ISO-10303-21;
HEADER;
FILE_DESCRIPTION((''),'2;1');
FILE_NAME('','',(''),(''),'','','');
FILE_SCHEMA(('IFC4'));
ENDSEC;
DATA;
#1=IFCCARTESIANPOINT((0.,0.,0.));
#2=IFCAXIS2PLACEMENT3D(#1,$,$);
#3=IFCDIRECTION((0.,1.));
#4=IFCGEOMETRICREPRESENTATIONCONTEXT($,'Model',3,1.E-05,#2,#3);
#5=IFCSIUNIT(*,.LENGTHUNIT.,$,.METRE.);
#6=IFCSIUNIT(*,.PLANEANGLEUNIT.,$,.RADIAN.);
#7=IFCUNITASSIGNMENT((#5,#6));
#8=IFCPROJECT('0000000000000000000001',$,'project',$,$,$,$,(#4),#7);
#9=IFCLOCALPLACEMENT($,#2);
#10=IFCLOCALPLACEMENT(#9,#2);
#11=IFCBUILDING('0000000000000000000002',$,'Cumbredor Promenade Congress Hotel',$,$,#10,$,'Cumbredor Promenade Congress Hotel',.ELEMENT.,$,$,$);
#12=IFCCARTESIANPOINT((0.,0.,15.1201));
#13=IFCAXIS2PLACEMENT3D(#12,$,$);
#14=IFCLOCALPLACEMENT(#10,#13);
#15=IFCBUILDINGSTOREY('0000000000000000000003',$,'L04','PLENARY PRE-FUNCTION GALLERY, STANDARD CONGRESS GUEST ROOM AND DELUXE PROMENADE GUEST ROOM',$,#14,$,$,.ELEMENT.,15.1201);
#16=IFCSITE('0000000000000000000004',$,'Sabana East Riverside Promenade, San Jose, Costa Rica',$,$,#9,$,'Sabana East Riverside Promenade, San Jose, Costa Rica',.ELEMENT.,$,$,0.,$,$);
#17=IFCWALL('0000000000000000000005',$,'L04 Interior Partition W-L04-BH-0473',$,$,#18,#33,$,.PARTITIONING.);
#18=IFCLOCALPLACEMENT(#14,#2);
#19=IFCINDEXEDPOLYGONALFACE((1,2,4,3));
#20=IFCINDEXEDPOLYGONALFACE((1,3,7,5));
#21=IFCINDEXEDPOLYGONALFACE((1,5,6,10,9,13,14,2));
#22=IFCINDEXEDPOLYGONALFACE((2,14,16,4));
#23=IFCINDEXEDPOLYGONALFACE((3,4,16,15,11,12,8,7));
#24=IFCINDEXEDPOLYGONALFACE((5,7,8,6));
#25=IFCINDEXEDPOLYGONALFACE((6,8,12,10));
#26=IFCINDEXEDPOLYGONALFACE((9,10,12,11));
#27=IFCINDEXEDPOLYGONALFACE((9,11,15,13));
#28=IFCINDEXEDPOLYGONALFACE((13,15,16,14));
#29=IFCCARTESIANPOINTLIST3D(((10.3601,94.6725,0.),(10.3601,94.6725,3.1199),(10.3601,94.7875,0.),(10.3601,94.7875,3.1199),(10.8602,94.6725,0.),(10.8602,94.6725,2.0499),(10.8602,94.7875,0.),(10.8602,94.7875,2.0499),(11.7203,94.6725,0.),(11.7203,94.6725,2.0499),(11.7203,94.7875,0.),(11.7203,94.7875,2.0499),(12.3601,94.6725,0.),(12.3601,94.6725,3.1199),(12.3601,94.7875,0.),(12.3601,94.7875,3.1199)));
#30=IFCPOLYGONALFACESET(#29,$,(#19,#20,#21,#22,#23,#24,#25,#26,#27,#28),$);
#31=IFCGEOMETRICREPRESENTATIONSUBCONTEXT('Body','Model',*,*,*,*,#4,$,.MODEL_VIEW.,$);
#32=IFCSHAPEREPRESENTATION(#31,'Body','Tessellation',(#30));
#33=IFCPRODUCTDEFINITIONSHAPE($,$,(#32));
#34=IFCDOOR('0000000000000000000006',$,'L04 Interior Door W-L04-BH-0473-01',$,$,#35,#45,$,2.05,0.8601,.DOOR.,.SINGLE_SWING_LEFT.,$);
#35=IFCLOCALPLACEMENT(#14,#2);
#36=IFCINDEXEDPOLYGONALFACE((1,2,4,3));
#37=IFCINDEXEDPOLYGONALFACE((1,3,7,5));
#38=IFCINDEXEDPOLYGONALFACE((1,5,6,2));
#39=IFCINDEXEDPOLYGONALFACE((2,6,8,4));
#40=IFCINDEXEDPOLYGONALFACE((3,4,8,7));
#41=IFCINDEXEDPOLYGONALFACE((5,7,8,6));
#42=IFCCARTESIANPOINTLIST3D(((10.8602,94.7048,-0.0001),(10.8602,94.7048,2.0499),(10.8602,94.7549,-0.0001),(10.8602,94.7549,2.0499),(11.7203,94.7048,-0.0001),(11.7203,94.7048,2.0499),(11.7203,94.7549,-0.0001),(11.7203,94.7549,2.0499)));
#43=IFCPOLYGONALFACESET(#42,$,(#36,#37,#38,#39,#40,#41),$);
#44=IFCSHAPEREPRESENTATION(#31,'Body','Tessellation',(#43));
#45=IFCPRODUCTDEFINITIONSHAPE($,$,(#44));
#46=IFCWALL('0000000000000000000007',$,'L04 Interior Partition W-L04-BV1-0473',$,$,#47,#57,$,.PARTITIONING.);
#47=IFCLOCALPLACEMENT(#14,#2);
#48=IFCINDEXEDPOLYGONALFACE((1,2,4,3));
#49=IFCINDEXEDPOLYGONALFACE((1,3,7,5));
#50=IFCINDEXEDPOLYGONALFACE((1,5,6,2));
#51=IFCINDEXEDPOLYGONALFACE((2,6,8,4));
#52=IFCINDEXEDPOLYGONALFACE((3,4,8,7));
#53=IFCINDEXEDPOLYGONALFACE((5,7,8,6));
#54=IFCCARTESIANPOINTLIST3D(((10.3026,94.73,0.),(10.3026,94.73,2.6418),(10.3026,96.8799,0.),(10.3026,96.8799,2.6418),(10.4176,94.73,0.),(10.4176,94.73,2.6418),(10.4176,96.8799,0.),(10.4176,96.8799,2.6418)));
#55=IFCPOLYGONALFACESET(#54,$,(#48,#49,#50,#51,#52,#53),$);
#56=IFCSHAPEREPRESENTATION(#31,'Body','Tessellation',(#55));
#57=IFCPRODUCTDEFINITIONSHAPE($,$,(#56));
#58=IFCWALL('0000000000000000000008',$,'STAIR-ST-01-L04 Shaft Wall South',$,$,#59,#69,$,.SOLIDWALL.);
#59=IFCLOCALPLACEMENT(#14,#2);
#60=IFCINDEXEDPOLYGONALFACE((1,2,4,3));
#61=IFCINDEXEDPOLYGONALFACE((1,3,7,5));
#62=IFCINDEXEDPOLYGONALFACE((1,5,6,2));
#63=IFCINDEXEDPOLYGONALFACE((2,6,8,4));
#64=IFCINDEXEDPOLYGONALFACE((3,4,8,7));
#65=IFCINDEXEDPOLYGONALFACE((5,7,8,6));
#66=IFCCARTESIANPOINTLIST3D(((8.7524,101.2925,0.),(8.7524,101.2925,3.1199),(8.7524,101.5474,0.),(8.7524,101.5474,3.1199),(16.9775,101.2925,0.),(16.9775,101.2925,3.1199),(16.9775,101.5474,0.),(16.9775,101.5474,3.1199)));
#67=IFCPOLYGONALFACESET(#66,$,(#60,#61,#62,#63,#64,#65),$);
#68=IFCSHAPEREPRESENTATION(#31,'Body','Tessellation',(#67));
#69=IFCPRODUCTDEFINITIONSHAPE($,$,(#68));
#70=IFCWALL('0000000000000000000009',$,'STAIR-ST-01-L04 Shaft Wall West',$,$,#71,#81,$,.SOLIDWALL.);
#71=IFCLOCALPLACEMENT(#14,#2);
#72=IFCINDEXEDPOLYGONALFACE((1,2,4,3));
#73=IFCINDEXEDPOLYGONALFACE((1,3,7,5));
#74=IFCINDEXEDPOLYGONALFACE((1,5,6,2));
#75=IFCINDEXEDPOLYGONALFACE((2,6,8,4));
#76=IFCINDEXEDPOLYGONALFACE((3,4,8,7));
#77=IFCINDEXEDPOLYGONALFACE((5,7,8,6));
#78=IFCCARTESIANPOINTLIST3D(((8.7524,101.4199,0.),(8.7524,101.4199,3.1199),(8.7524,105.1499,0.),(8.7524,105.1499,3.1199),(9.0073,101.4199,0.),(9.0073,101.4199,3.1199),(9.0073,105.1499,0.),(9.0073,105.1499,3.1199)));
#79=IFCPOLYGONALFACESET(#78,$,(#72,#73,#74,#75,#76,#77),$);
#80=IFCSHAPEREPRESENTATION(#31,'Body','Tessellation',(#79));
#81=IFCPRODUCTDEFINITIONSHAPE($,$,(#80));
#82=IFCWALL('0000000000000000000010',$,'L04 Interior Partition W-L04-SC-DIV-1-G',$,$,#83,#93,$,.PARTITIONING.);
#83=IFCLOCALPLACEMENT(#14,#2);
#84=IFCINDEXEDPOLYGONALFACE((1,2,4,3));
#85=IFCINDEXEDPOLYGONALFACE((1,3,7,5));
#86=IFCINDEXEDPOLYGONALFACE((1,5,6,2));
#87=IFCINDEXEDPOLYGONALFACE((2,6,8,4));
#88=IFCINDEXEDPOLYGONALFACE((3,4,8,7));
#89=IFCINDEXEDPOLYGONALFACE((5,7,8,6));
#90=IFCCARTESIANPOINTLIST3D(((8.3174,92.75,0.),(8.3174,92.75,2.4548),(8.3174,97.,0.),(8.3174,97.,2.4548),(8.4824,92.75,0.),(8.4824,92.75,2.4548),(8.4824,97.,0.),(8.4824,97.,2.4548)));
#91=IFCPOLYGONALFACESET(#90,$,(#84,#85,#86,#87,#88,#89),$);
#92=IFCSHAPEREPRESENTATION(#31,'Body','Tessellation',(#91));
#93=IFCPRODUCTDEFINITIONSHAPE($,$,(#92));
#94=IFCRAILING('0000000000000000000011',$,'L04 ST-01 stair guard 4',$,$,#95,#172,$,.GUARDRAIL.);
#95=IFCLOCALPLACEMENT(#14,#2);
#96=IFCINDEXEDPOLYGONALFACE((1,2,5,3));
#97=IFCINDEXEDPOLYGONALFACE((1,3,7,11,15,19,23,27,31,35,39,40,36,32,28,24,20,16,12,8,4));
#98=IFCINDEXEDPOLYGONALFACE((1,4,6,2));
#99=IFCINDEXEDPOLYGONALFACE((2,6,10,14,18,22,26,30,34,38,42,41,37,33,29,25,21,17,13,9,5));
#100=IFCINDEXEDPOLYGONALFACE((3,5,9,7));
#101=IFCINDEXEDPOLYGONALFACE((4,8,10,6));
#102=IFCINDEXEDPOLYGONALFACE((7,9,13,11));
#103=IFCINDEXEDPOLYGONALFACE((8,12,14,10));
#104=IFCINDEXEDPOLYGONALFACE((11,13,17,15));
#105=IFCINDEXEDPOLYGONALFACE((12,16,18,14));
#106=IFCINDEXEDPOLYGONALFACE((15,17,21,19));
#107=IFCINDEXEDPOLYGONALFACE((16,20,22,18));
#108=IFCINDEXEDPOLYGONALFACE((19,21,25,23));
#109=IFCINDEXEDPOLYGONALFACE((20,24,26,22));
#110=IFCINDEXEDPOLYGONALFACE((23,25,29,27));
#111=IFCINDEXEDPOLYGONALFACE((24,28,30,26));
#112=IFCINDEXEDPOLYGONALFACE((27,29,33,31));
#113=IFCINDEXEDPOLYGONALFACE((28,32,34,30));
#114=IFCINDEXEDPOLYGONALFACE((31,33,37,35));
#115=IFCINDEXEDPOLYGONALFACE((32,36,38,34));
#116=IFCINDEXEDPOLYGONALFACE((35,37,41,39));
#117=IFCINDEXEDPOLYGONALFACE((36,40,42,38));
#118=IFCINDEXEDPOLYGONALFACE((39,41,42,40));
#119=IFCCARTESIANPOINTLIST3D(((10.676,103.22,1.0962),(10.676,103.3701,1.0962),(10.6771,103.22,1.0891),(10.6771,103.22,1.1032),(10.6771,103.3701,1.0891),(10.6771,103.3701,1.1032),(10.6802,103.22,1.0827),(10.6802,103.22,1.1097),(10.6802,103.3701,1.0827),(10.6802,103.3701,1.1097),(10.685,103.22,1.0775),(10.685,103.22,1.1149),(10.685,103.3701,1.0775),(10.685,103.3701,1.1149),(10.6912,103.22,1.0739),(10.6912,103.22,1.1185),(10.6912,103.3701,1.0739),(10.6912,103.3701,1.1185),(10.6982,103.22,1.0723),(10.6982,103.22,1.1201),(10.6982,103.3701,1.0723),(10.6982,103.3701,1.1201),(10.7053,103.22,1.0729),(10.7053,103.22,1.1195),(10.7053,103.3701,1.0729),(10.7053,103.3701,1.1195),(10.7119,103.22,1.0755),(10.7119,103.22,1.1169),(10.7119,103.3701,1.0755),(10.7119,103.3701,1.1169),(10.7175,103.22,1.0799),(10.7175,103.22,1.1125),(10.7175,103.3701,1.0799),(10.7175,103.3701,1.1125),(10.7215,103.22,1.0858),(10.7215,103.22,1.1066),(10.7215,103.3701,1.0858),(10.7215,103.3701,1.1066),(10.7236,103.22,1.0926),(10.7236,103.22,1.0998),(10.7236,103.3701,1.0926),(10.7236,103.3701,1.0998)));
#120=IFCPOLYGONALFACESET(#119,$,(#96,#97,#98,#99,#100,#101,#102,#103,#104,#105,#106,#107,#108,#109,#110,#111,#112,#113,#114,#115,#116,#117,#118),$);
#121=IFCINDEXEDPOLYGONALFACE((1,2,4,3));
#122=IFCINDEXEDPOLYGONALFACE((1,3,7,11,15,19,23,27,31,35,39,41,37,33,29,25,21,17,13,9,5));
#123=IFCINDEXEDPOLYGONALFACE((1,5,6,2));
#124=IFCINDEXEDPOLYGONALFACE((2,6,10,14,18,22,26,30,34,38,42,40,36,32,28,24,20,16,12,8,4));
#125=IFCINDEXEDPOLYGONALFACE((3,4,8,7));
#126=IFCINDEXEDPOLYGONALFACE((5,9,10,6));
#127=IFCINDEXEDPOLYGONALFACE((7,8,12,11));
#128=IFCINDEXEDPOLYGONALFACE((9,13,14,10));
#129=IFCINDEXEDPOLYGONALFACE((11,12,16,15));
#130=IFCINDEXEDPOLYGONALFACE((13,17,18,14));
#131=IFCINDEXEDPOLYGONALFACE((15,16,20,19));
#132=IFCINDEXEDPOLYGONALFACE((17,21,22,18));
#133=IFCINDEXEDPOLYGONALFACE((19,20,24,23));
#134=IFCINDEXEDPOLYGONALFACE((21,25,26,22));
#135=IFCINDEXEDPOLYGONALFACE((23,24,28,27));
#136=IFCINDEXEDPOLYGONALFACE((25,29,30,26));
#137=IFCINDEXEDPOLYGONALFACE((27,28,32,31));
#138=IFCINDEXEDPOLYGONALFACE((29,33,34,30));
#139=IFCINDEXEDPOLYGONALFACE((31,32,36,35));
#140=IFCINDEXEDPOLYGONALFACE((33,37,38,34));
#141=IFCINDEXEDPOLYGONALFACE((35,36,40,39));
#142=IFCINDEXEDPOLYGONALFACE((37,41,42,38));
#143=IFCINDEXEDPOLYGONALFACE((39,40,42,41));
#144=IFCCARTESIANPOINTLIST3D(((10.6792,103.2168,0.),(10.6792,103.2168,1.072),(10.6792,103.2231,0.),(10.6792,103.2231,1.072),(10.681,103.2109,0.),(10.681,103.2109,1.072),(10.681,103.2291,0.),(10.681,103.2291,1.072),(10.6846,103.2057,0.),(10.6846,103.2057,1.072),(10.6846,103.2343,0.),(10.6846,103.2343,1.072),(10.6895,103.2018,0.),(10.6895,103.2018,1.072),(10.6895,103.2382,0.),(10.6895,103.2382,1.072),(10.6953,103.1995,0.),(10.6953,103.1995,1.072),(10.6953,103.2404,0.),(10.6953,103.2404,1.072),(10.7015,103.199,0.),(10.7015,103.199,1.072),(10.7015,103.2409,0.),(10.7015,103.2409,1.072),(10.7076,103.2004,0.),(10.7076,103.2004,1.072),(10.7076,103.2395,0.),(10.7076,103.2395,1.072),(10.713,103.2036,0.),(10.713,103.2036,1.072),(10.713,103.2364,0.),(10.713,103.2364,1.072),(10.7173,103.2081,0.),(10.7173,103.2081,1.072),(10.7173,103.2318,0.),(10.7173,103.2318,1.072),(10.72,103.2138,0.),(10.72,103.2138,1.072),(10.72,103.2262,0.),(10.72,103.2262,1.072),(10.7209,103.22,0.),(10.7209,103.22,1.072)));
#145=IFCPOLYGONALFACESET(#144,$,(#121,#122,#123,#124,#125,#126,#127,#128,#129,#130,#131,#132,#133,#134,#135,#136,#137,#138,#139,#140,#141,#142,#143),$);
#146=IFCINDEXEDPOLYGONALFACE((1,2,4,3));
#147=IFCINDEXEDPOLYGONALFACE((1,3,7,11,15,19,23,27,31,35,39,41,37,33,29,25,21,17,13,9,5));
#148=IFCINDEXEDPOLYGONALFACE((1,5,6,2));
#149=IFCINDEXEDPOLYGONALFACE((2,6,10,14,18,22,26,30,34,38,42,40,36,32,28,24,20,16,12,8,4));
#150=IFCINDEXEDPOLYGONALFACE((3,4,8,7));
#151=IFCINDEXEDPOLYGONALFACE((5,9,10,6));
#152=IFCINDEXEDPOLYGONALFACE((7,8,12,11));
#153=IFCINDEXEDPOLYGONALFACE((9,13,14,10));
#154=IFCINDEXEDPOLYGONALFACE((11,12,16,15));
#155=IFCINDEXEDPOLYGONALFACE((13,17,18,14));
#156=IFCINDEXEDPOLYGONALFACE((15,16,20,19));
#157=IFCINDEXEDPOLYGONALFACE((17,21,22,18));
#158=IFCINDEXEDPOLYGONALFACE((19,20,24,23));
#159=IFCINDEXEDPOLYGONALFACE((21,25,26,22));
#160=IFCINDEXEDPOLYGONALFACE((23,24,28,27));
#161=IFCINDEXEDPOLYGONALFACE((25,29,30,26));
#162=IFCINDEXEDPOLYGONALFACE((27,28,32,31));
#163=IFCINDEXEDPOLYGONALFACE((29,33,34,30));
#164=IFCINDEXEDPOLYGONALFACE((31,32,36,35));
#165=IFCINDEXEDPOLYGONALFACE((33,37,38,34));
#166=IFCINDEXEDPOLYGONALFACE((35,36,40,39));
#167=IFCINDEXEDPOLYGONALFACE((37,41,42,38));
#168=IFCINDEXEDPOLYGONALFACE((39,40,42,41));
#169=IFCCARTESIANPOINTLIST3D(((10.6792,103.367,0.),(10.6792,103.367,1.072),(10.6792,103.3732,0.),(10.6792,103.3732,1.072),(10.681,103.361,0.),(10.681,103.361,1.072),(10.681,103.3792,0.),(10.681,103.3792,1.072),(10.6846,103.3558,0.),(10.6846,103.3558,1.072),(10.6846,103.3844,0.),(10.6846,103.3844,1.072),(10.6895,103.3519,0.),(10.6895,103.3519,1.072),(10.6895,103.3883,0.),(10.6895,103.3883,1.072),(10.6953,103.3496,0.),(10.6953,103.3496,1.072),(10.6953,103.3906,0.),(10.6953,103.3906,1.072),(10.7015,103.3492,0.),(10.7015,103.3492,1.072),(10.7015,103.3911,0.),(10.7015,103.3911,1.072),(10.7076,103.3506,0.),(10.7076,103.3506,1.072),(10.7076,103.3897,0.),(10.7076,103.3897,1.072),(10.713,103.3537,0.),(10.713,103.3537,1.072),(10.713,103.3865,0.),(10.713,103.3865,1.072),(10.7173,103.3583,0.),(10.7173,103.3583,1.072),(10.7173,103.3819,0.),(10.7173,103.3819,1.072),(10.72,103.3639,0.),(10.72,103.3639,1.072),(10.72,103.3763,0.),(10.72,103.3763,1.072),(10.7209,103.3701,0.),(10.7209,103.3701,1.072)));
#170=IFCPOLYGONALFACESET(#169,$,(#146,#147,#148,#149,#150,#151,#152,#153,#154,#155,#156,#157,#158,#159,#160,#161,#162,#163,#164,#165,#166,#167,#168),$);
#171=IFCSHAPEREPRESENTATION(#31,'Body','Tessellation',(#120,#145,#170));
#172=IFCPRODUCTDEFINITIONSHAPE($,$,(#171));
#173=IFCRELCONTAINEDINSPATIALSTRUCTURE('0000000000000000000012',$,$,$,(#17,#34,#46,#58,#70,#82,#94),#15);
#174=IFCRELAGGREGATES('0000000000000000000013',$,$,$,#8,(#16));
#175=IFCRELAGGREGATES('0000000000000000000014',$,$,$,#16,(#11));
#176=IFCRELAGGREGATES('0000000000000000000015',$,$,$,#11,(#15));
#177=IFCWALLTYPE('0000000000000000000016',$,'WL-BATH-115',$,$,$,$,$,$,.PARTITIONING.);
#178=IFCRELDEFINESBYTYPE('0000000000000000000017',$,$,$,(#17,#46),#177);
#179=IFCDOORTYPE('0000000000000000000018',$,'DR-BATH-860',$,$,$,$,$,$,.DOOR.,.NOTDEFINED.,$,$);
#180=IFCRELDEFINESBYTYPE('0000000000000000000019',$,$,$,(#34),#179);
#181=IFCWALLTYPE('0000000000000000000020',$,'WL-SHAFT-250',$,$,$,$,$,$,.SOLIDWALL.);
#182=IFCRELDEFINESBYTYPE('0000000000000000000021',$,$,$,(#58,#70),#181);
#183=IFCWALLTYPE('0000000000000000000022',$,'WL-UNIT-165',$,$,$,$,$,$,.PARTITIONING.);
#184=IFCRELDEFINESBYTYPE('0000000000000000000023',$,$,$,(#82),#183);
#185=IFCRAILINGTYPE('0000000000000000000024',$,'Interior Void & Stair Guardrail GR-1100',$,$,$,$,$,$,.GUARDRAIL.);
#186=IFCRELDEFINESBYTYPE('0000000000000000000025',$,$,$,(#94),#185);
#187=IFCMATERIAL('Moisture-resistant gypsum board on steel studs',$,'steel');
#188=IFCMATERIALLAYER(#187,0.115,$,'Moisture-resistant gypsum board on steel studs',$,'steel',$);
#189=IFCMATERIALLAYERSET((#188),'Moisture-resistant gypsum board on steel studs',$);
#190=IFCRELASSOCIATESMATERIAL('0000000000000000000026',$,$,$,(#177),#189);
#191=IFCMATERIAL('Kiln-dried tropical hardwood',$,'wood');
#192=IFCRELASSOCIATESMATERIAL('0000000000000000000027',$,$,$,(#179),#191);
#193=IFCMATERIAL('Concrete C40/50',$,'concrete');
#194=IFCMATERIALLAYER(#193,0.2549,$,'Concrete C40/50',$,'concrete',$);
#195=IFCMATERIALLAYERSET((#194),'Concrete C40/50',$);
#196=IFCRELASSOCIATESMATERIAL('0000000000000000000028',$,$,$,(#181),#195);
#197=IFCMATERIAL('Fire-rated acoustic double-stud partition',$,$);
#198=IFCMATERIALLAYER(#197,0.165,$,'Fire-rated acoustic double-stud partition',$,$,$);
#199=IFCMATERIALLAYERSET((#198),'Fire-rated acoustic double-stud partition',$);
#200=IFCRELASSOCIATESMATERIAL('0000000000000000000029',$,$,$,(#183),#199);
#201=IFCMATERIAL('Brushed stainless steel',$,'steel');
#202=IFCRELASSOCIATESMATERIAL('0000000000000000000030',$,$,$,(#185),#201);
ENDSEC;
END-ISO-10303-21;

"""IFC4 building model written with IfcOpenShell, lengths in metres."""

from ifc_helpers import new_model, si_unit, direction, frame, frame_2d, origin, origin_2d, place, context, subcontext, project, spatial, rectangle, circle, extrude, material, layer, layer_set, type_object, element, fill, save


model = new_model("IFC4")

# Units and contexts
model_context = context("Model", 3, precision=1e-05, world=origin(), true_north=direction((0.0, 1.0)))
body_context = subcontext(model_context, "Body", "Model", "MODEL_VIEW")
ifc_project = project(units=[si_unit("LENGTHUNIT", "METRE"), si_unit("PLANEANGLEUNIT", "RADIAN")], contexts=[model_context])

# Site, building, storey
site_placement = place(None, origin())
site = spatial("IfcSite", under=ifc_project, at=site_placement, Name="Sabana East Riverside Promenade, San Jose, Costa Rica", LongName="Sabana East Riverside Promenade, San Jose, Costa Rica", CompositionType="ELEMENT", RefElevation=0.0)
building_placement = place(site_placement, origin())
building = spatial("IfcBuilding", under=site, at=building_placement, Name="Cumbredor Promenade Congress Hotel", LongName="Cumbredor Promenade Congress Hotel", CompositionType="ELEMENT")
storey_placement = place(building_placement, frame((0.0, 0.0, 15.1201)))
storey = spatial("IfcBuildingStorey", under=building, at=storey_placement, Name="L04", Description="PLENARY PRE-FUNCTION GALLERY, STANDARD CONGRESS GUEST ROOM AND DELUXE PROMENADE GUEST ROOM", CompositionType="ELEMENT", Elevation=15.1201)

# Shared definitions
ifc_material_1 = material(Name="Concrete C40/50", Category="concrete")

# Shared definitions
ifc_material_2 = material(Name="Moisture-resistant gypsum board on steel studs", Category="steel")
ifc_layer_1 = layer(ifc_material_2, 0.115, Name="Moisture-resistant gypsum board on steel studs", Category="steel")
ifc_layer_set_1 = layer_set([ifc_layer_1], Name="Moisture-resistant gypsum board on steel studs")
wall_type_1 = type_object("IfcWallType", Name="WL-BATH-115", PredefinedType="PARTITIONING", material=ifc_layer_set_1)
ifc_material_3 = material(Name="Kiln-dried tropical hardwood", Category="wood")
door_type = type_object("IfcDoorType", Name="DR-BATH-860", OperationType="NOTDEFINED", PredefinedType="DOOR", material=ifc_material_3)

# Wall, opening, door
wall_1_placement = place(storey_placement, frame((10.3601, 94.73, 0.0), z_axis=(0.0, 0.0, 1.0), x_axis=(1.0, 0.0, 0.0)))
wall_1 = element("IfcWall", 1, at=wall_1_placement, inside=storey, type_object=wall_type_1, Name="L04 Interior Partition W-L04-BH-0473", PredefinedType="PARTITIONING", context=body_context, shape_type="SweptSolid", body=[
    extrude(rectangle(XDim=2.0, YDim=0.115, at=frame_2d((1.0, 0.0))), origin(), (0.0, 0.0, 1.0), 3.1199),
])
opening_1_placement = place(wall_1_placement, frame((0.5, 0.0, 0.0)))
opening_1 = element("IfcOpeningElement", 2, at=opening_1_placement, cuts=wall_1, PredefinedType="OPENING", context=body_context, shape_type="SweptSolid", body=[
    extrude(rectangle(XDim=0.8601, YDim=2.05, at=frame_2d((0.4302, 1.0249))), frame((0.0, 0.0674, 0.0), z_axis=(0.0, -1.0, 0.0), x_axis=(1.0, 0.0, 0.0)), (0.0, 0.0, 1.0), 0.135),
])
door_1_placement = place(opening_1_placement, origin())
door_1 = element("IfcDoor", 3, at=door_1_placement, inside=storey, type_object=door_type, Name="L04 Interior Door W-L04-BH-0473-01", OperationType="SINGLE_SWING_LEFT", OverallHeight=2.05, OverallWidth=0.8601, PredefinedType="DOOR", context=body_context, shape_type="SweptSolid", body=[
    extrude(rectangle(XDim=0.8601, YDim=2.05, at=frame_2d((0.4302, 1.0249))), frame((0.0, 0.0249, 0.0), z_axis=(0.0, -1.0, 0.0), x_axis=(1.0, 0.0, 0.0)), (0.0, 0.0, 1.0), 0.05),
])
fill(opening_1, door_1)

# Walls
wall_2_placement = place(storey_placement, frame((10.3601, 94.73, 0.0), z_axis=(0.0, 0.0, 1.0), x_axis=(0.0, 1.0, 0.0)))
element("IfcWall", 4, at=wall_2_placement, inside=storey, type_object=wall_type_1, Name="L04 Interior Partition W-L04-BV1-0473", PredefinedType="PARTITIONING", context=body_context, shape_type="SweptSolid", body=[
    extrude(rectangle(XDim=2.1499, YDim=0.115, at=frame_2d((1.075, 0.0))), origin(), (0.0, 0.0, 1.0), 2.6418),
])
ifc_layer_2 = layer(ifc_material_1, 0.2549, Name="Concrete C40/50", Category="concrete")
ifc_layer_set_2 = layer_set([ifc_layer_2], Name="Concrete C40/50")
wall_type_2 = type_object("IfcWallType", Name="WL-SHAFT-250", PredefinedType="SOLIDWALL", material=ifc_layer_set_2)
wall_3_placement = place(storey_placement, frame((8.7524, 101.4199, 0.0), z_axis=(0.0, 0.0, 1.0), x_axis=(1.0, 0.0, 0.0)))
element("IfcWall", 5, at=wall_3_placement, inside=storey, type_object=wall_type_2, Name="STAIR-ST-01-L04 Shaft Wall South", PredefinedType="SOLIDWALL", context=body_context, shape_type="SweptSolid", body=[
    extrude(rectangle(XDim=8.2251, YDim=0.2549, at=frame_2d((4.1125, 0.0))), origin(), (0.0, 0.0, 1.0), 3.1199),
])
wall_4_placement = place(storey_placement, frame((8.8799, 101.4199, 0.0), z_axis=(0.0, 0.0, 1.0), x_axis=(0.0, 1.0, 0.0)))
element("IfcWall", 6, at=wall_4_placement, inside=storey, type_object=wall_type_2, Name="STAIR-ST-01-L04 Shaft Wall West", PredefinedType="SOLIDWALL", context=body_context, shape_type="SweptSolid", body=[
    extrude(rectangle(XDim=3.73, YDim=0.2549, at=frame_2d((1.865, 0.0))), origin(), (0.0, 0.0, 1.0), 3.1199),
])
ifc_material_4 = material(Name="Fire-rated acoustic double-stud partition")
ifc_layer_3 = layer(ifc_material_4, 0.165, Name="Fire-rated acoustic double-stud partition")
ifc_layer_set_3 = layer_set([ifc_layer_3], Name="Fire-rated acoustic double-stud partition")
wall_type_3 = type_object("IfcWallType", Name="WL-UNIT-165", PredefinedType="PARTITIONING", material=ifc_layer_set_3)
wall_5_placement = place(storey_placement, frame((8.3999, 92.75, 0.0), z_axis=(0.0, 0.0, 1.0), x_axis=(0.0, 1.0, 0.0)))
element("IfcWall", 7, at=wall_5_placement, inside=storey, type_object=wall_type_3, Name="L04 Interior Partition W-L04-SC-DIV-1-G", PredefinedType="PARTITIONING", context=body_context, shape_type="SweptSolid", body=[
    extrude(rectangle(XDim=4.25, YDim=0.165, at=frame_2d((2.125, 0.0))), origin(), (0.0, 0.0, 1.0), 2.4548),
])

# Railing
ifc_material_5 = material(Name="Brushed stainless steel", Category="steel")
railing_type = type_object("IfcRailingType", Name="Interior Void & Stair Guardrail GR-1100", PredefinedType="GUARDRAIL", material=ifc_material_5)
railing_placement = place(storey_placement, frame((10.7, 103.22, 0.0)))
element("IfcRailing", 8, at=railing_placement, inside=storey, type_object=railing_type, Name="L04 ST-01 stair guard 4", PredefinedType="GUARDRAIL", context=body_context, shape_type="SweptSolid", body=[
    extrude(circle(Radius=0.0239, at=origin_2d()), frame((0.0, 0.0, 1.0962), z_axis=(0.0, 1.0, 0.0), x_axis=(-1.0, 0.0, 0.0)), (0.0, 0.0, 1.0), 0.1501),
    extrude(circle(Radius=0.021, at=origin_2d()), origin(), (0.0, 0.0, 1.0), 1.072),
    extrude(circle(Radius=0.021, at=origin_2d()), frame((0.0, 0.1501, 0.0)), (0.0, 0.0, 1.0), 1.072),
])

save(model, "model.ifc")
